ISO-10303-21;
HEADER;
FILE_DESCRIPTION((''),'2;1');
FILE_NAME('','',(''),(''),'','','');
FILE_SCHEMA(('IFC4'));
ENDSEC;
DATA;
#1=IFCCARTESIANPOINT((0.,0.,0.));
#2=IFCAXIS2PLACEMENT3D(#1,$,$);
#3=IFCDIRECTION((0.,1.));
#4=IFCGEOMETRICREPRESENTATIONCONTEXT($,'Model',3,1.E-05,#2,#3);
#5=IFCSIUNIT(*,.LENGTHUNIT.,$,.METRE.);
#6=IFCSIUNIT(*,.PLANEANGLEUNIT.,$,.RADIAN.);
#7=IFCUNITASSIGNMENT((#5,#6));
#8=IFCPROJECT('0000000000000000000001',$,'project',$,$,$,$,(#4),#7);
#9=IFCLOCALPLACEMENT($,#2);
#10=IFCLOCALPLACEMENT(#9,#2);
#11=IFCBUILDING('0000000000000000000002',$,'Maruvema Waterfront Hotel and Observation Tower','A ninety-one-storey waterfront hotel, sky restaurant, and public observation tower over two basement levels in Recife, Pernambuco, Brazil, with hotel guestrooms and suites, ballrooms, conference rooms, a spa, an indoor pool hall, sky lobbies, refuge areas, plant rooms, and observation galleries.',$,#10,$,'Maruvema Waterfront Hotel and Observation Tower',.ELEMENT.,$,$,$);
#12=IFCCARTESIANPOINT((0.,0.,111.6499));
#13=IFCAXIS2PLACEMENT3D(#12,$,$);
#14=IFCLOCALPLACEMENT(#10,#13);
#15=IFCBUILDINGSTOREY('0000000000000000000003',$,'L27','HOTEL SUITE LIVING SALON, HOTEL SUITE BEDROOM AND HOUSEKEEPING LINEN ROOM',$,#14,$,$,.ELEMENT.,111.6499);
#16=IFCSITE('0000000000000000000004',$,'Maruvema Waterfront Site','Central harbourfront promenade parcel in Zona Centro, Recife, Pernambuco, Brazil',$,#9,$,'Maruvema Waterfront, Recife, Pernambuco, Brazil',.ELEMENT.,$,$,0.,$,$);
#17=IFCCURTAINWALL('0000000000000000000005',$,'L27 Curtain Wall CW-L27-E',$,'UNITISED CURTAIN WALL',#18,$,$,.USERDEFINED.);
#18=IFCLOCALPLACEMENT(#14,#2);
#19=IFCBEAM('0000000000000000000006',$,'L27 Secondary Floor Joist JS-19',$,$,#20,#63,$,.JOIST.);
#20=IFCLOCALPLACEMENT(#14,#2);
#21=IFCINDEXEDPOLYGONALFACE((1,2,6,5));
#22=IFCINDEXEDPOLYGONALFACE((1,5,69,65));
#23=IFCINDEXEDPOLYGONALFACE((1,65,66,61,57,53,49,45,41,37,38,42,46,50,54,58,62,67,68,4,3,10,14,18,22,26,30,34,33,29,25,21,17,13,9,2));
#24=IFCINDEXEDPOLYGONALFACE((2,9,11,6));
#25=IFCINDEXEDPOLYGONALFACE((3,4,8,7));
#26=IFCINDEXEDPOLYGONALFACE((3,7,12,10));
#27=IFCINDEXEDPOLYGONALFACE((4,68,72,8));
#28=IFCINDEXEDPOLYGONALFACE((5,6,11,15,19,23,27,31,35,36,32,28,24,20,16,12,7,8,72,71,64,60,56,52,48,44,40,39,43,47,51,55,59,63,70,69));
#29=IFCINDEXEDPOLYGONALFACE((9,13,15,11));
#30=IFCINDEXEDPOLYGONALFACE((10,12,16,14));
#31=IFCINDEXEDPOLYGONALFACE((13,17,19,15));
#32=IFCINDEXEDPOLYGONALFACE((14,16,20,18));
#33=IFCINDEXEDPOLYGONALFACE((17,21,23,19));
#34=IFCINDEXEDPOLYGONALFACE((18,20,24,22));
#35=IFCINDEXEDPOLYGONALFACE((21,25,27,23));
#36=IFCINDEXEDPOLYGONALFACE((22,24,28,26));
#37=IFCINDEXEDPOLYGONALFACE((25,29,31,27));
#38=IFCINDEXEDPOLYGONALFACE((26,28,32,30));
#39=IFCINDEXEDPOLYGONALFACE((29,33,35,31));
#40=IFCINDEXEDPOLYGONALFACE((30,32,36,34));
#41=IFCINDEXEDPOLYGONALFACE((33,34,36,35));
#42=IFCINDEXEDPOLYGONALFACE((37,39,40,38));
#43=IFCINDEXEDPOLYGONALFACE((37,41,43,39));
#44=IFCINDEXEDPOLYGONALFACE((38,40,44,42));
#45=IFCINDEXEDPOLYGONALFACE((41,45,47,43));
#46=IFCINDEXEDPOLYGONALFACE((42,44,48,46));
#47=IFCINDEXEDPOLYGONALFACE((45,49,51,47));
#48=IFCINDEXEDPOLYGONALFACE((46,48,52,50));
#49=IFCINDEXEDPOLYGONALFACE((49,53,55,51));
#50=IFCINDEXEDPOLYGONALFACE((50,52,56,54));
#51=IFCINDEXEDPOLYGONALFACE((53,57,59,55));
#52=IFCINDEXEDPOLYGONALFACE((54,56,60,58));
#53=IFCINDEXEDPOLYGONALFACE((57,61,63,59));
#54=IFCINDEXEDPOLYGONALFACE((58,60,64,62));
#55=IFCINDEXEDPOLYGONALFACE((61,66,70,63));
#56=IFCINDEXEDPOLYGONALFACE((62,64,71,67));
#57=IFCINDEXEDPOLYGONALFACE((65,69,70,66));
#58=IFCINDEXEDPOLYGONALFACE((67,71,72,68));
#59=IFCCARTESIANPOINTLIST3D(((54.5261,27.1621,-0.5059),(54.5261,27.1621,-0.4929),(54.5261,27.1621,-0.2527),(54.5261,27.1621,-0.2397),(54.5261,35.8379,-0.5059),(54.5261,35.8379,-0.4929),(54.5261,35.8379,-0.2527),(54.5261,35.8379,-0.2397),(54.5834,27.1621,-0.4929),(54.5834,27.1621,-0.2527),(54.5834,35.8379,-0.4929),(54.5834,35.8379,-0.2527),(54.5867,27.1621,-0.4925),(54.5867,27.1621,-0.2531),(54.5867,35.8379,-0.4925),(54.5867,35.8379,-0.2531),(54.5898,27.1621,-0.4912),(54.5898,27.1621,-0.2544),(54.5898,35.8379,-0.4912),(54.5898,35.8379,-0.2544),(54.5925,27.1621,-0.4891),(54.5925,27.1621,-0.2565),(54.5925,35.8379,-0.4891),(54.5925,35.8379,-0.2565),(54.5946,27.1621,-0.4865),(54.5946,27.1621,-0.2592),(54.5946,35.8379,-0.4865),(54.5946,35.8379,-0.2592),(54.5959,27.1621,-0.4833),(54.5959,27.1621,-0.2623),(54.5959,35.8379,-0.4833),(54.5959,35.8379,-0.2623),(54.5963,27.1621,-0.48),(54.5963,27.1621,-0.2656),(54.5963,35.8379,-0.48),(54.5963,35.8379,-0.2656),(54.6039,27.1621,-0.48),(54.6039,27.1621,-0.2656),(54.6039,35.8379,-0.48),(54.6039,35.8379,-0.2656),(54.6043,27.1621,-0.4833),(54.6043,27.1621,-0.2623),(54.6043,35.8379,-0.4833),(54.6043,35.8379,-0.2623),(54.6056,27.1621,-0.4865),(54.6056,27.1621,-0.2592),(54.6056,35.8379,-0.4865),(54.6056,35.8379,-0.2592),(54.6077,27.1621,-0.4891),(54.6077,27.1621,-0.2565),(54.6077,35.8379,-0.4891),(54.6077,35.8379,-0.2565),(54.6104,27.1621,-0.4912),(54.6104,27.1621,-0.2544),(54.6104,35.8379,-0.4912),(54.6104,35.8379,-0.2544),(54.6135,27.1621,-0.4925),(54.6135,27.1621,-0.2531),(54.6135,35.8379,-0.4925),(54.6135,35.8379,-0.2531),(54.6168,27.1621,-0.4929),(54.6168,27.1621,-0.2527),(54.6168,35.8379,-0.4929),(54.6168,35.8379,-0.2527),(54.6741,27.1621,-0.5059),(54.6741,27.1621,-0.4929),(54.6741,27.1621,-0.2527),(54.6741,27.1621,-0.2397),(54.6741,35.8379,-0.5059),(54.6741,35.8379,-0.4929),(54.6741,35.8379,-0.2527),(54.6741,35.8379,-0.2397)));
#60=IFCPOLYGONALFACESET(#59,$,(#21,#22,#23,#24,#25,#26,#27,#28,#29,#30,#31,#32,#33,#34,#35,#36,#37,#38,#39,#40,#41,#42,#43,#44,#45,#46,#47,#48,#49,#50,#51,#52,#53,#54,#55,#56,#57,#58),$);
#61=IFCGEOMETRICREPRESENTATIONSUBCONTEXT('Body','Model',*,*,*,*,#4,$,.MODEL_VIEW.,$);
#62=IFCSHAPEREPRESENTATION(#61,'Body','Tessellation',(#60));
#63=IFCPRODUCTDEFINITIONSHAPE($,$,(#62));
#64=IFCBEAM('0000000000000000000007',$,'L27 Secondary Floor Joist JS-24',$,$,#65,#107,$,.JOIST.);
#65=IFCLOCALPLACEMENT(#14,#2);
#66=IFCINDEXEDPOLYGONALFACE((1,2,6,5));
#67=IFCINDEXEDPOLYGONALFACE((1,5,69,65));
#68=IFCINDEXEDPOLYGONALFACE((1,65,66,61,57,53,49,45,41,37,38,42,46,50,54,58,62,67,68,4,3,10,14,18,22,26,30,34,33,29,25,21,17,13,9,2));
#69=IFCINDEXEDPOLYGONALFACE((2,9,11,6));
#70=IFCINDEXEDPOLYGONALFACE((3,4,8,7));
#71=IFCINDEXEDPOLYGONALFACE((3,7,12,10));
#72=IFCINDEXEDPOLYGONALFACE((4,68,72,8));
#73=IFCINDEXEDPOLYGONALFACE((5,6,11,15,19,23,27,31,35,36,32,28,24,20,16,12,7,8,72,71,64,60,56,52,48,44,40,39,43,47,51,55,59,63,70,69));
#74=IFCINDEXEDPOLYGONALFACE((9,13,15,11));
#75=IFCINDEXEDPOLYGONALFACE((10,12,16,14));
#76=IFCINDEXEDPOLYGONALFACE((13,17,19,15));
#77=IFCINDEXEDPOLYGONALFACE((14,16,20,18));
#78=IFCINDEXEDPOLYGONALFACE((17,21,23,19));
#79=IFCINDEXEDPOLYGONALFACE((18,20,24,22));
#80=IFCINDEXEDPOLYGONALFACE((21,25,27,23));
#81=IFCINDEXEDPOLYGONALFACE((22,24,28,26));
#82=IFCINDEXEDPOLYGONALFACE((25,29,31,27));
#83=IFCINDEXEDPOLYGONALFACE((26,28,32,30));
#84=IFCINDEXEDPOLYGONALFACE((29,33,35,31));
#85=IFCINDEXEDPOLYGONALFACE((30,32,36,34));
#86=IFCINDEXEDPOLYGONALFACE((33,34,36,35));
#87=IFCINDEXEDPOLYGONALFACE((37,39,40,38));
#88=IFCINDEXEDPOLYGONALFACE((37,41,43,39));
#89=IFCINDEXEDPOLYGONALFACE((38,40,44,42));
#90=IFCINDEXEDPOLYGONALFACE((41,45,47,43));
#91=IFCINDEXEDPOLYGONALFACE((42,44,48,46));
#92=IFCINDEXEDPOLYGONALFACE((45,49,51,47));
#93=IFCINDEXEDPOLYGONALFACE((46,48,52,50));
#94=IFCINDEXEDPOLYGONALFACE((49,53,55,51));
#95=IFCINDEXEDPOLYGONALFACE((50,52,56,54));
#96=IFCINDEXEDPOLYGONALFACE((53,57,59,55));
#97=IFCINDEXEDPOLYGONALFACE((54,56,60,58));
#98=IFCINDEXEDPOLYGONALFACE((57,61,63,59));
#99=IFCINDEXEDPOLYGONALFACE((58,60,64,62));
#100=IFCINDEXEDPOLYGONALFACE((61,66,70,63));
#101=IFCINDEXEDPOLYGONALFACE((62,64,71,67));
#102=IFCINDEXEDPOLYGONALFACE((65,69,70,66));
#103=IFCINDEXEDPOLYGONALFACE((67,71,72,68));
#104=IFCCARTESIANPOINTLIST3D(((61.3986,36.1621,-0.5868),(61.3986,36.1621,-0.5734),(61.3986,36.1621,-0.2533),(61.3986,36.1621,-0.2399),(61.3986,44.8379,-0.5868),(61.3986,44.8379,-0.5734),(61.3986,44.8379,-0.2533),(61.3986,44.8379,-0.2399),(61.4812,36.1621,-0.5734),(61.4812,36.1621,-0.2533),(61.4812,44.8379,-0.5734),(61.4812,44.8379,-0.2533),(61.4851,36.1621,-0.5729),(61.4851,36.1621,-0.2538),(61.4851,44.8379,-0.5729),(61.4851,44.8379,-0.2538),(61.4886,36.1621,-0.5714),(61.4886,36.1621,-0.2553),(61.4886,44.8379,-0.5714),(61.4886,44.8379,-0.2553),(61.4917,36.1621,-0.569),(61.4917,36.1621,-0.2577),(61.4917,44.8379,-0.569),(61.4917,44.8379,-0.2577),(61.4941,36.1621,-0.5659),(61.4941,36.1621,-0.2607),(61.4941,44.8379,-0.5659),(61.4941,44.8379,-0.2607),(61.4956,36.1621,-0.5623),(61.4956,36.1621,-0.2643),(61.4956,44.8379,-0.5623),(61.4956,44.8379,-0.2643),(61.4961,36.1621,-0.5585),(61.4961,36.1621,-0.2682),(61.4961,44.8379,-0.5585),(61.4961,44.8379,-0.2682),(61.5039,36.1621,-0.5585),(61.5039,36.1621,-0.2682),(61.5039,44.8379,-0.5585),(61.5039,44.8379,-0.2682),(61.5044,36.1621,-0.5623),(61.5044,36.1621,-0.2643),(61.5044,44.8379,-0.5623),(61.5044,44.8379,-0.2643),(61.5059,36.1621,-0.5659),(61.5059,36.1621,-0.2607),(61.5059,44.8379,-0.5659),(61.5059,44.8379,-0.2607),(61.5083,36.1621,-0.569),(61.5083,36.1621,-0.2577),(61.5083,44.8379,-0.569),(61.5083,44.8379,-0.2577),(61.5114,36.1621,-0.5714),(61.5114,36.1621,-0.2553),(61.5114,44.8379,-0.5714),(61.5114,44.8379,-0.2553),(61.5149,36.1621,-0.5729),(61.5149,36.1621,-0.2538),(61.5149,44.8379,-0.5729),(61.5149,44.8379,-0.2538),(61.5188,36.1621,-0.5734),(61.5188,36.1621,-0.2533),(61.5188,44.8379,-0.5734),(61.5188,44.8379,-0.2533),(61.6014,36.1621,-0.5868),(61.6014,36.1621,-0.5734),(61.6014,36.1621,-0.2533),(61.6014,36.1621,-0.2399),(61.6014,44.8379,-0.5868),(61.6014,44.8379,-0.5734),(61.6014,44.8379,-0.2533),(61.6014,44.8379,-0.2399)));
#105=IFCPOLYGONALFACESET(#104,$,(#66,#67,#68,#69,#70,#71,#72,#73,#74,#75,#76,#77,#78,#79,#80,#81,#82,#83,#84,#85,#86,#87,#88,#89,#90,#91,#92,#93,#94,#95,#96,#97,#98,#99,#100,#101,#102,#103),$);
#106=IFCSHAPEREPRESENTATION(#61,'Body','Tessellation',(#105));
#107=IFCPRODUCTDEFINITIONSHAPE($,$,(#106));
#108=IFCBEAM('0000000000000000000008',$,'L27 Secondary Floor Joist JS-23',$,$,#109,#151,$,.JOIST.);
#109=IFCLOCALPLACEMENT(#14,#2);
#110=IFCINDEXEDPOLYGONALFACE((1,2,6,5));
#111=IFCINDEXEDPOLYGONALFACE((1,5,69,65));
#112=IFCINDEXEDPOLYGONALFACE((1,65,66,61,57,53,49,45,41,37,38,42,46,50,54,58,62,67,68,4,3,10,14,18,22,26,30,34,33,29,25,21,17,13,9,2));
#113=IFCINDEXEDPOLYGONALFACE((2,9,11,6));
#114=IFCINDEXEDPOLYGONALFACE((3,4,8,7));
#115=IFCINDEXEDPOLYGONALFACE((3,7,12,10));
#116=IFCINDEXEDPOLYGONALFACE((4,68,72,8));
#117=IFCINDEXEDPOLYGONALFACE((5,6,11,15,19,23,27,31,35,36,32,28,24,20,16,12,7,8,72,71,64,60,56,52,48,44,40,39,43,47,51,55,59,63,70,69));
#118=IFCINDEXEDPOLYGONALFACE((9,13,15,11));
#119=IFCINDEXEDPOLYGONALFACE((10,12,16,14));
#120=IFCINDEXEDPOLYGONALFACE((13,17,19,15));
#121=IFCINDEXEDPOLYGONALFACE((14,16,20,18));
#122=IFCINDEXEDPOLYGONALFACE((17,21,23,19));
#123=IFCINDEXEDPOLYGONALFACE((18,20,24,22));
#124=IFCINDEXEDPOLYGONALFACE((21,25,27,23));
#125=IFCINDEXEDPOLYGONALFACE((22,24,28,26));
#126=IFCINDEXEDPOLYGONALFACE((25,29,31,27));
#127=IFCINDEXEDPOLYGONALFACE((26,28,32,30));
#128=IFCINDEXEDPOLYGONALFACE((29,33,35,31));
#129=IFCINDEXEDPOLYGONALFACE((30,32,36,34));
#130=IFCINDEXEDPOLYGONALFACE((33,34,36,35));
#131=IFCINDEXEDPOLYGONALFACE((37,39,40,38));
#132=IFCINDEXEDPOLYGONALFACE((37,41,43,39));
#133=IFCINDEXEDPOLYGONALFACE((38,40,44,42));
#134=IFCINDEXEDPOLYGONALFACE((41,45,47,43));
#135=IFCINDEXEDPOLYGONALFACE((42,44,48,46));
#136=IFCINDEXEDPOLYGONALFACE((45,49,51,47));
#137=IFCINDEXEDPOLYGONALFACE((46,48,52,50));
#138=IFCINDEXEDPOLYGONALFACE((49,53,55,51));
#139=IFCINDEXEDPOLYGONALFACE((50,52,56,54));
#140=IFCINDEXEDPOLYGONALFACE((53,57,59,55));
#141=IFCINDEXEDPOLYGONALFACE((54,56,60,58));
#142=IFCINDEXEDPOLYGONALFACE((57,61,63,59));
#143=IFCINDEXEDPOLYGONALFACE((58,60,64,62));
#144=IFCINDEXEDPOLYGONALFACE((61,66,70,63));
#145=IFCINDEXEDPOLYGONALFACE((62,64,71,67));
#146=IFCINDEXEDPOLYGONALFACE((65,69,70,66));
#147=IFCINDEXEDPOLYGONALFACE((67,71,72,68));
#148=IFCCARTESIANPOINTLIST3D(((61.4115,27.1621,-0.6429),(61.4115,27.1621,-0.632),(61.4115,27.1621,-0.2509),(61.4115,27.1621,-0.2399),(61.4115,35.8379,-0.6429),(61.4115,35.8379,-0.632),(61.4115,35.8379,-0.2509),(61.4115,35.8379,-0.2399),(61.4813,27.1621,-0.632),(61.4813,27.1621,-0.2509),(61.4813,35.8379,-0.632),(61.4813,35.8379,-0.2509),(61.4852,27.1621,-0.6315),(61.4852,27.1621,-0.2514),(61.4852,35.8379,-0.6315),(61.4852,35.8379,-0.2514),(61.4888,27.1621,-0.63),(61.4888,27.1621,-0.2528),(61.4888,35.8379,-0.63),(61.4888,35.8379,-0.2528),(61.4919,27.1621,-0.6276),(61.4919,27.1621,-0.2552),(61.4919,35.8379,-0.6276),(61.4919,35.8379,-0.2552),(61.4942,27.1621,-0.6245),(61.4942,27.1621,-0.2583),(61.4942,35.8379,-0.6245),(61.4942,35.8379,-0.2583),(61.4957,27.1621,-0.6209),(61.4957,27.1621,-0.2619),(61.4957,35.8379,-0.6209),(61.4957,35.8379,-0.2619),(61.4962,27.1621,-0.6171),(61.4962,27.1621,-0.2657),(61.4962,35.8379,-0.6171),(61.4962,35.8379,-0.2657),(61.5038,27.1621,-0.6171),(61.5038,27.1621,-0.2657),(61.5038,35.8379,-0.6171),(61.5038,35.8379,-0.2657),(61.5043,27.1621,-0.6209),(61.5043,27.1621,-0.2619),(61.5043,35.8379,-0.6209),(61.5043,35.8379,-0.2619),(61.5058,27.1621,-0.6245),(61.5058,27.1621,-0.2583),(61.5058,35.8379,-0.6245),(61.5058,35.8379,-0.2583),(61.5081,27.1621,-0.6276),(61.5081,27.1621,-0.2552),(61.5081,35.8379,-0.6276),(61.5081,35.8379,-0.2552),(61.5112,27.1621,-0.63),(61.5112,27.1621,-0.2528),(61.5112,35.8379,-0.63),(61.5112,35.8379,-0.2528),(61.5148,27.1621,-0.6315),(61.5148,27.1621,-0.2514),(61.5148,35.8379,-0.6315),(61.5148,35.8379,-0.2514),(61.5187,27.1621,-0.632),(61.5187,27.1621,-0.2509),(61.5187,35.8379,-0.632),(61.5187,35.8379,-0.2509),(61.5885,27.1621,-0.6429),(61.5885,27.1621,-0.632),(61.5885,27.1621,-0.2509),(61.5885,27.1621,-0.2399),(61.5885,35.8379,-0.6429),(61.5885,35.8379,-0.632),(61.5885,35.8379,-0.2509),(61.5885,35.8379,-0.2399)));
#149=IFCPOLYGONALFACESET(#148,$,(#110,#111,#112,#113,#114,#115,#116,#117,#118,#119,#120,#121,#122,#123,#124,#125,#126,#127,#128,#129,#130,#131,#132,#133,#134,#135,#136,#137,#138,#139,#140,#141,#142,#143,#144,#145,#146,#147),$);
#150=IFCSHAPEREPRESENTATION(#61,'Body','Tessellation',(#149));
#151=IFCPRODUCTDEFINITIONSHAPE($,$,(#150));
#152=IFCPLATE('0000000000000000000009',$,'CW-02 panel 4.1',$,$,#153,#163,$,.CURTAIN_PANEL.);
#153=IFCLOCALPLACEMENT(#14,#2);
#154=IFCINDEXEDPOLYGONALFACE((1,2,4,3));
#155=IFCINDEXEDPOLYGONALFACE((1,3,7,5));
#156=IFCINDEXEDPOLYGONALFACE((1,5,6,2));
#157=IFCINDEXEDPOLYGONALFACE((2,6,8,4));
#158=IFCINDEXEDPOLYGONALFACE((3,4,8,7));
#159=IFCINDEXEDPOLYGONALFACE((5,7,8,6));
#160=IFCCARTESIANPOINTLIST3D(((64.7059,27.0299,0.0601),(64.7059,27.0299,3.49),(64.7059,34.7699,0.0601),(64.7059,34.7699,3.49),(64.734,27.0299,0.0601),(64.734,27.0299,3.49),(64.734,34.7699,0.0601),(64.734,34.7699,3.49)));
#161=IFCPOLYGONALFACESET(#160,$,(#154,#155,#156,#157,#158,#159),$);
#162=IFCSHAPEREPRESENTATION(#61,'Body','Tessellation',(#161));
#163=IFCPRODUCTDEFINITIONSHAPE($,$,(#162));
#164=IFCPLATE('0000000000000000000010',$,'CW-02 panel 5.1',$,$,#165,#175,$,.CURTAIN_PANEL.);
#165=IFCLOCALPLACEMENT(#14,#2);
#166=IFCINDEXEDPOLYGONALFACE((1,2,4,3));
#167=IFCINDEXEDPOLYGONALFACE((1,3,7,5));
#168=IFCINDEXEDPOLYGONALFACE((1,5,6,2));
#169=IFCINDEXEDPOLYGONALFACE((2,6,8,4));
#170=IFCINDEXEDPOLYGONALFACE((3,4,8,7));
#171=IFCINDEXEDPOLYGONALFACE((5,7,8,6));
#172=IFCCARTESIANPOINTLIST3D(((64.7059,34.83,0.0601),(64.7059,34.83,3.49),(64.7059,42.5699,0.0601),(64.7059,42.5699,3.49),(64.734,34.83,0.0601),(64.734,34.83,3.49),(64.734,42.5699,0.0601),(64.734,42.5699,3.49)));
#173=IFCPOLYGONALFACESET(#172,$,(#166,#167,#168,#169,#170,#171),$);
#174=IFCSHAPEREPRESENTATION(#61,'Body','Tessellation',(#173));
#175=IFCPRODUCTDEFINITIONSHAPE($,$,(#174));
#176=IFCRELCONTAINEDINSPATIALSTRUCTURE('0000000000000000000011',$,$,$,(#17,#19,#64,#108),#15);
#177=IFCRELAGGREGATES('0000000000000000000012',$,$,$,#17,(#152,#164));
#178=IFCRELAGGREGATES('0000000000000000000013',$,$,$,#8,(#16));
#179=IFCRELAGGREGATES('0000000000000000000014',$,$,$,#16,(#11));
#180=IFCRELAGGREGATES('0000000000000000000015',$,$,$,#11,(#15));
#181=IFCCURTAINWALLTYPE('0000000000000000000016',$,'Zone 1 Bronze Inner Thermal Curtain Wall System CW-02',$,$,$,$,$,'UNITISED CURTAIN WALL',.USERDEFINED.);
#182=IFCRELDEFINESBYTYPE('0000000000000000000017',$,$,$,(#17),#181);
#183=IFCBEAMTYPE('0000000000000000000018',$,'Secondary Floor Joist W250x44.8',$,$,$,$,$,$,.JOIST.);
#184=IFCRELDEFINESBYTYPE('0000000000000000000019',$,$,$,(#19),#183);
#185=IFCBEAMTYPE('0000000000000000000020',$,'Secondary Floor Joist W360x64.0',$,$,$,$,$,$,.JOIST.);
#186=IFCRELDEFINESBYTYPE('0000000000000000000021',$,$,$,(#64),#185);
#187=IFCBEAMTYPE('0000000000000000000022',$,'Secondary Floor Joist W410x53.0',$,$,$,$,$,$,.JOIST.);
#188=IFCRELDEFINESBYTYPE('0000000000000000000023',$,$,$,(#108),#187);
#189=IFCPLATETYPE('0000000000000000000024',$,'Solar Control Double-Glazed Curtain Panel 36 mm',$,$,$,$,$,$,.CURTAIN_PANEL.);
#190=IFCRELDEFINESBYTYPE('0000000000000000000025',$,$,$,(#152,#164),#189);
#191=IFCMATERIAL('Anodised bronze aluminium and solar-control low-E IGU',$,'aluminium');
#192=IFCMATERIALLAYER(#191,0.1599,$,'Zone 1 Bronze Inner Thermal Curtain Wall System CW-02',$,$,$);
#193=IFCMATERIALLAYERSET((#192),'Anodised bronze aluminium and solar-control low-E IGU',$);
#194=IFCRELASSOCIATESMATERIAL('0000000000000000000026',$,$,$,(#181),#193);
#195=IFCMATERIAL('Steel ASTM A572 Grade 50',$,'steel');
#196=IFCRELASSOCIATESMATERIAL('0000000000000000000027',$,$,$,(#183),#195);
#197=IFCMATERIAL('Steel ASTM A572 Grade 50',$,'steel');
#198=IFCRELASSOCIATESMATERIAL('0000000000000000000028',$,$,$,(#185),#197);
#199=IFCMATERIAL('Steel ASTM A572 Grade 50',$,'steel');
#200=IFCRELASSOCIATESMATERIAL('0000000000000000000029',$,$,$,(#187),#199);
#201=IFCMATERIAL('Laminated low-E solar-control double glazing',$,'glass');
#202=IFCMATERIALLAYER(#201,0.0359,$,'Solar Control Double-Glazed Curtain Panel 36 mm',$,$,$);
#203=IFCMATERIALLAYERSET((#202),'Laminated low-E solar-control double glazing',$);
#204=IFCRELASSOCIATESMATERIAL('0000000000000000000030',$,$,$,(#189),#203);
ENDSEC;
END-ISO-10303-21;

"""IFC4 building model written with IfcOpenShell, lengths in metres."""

from ifc_helpers import new_model, si_unit, direction, frame, origin, origin_2d, place, context, subcontext, project, spatial, rectangle, i_section, extrude, material, layer, layer_set, material_profile, profile_set, type_object, element, aggregate, save


model = new_model("IFC4")

# Units and contexts
model_context = context("Model", 3, precision=1e-05, world=origin(), true_north=direction((0.0, 1.0)))
body_context = subcontext(model_context, "Body", "Model", "MODEL_VIEW")
ifc_project = project(units=[si_unit("LENGTHUNIT", "METRE"), si_unit("PLANEANGLEUNIT", "RADIAN")], contexts=[model_context])

# Site, building, storey
site_placement = place(None, origin())
site = spatial("IfcSite", under=ifc_project, at=site_placement, Name="Maruvema Waterfront Site", Description="Central harbourfront promenade parcel in Zona Centro, Recife, Pernambuco, Brazil", LongName="Maruvema Waterfront, Recife, Pernambuco, Brazil", CompositionType="ELEMENT", RefElevation=0.0)
building_placement = place(site_placement, origin())
building = spatial("IfcBuilding", under=site, at=building_placement, Name="Maruvema Waterfront Hotel and Observation Tower", Description="A ninety-one-storey waterfront hotel, sky restaurant, and public observation tower over two basement levels in Recife, Pernambuco, Brazil, with hotel guestrooms and suites, ballrooms, conference rooms, a spa, an indoor pool hall, sky lobbies, refuge areas, plant rooms, and observation galleries.", LongName="Maruvema Waterfront Hotel and Observation Tower", CompositionType="ELEMENT")
storey_placement = place(building_placement, frame((0.0, 0.0, 111.6499)))
storey = spatial("IfcBuildingStorey", under=building, at=storey_placement, Name="L27", Description="HOTEL SUITE LIVING SALON, HOTEL SUITE BEDROOM AND HOUSEKEEPING LINEN ROOM", CompositionType="ELEMENT", Elevation=111.6499)

# Curtain wall
ifc_material_1 = material(Name="Anodised bronze aluminium and solar-control low-E IGU", Category="aluminium")
ifc_layer_1 = layer(ifc_material_1, 0.1599, Name="Zone 1 Bronze Inner Thermal Curtain Wall System CW-02")
ifc_layer_set_1 = layer_set([ifc_layer_1], Name="Anodised bronze aluminium and solar-control low-E IGU")
curtain_wall_type = type_object("IfcCurtainWallType", Name="Zone 1 Bronze Inner Thermal Curtain Wall System CW-02", ElementType="UNITISED CURTAIN WALL", PredefinedType="USERDEFINED", material=ifc_layer_set_1)
curtain_wall_placement = place(storey_placement, origin())
curtain_wall = element("IfcCurtainWall", 1, at=curtain_wall_placement, inside=storey, type_object=curtain_wall_type, Name="L27 Curtain Wall CW-L27-E", ObjectType="UNITISED CURTAIN WALL", PredefinedType="USERDEFINED")

# Beams
ifc_material_2 = material(Name="Steel ASTM A572 Grade 50", Category="steel")
ifc_material_profile_1 = material_profile(ifc_material_2, i_section(OverallWidth=0.1479, OverallDepth=0.2661, WebThickness=0.0076, FlangeThickness=0.0129, FilletRadius=0.0129, at=origin_2d()), Name="W250x44.8")
ifc_profile_set_1 = profile_set([ifc_material_profile_1], Name="Steel ASTM A572 Grade 50")
beam_type_1 = type_object("IfcBeamType", Name="Secondary Floor Joist W250x44.8", PredefinedType="JOIST", material=ifc_profile_set_1)
beam_1_placement = place(storey_placement, frame((54.6001, 27.1621, -0.3728), z_axis=(0.0, 1.0, 0.0), x_axis=(-1.0, 0.0, 0.0)))
element("IfcBeam", 2, at=beam_1_placement, inside=storey, type_object=beam_type_1, Name="L27 Secondary Floor Joist JS-19", PredefinedType="JOIST", context=body_context, shape_type="SweptSolid", body=[
    extrude(i_section(OverallWidth=0.1479, OverallDepth=0.2661, WebThickness=0.0076, FlangeThickness=0.0129, FilletRadius=0.0129, at=origin_2d()), origin(), (0.0, 0.0, 1.0), 8.6758),
])
ifc_material_3 = material(Name="Steel ASTM A572 Grade 50", Category="steel")
ifc_material_profile_2 = material_profile(ifc_material_3, i_section(OverallWidth=0.2029, OverallDepth=0.3469, WebThickness=0.0078, FlangeThickness=0.0134, FilletRadius=0.0149, at=origin_2d()), Name="W360x64.0")
ifc_profile_set_2 = profile_set([ifc_material_profile_2], Name="Steel ASTM A572 Grade 50")
beam_type_2 = type_object("IfcBeamType", Name="Secondary Floor Joist W360x64.0", PredefinedType="JOIST", material=ifc_profile_set_2)
beam_2_placement = place(storey_placement, frame((61.5, 36.1621, -0.4133), z_axis=(0.0, 1.0, 0.0), x_axis=(-1.0, 0.0, 0.0)))
element("IfcBeam", 3, at=beam_2_placement, inside=storey, type_object=beam_type_2, Name="L27 Secondary Floor Joist JS-24", PredefinedType="JOIST", context=body_context, shape_type="SweptSolid", body=[
    extrude(i_section(OverallWidth=0.2029, OverallDepth=0.3469, WebThickness=0.0078, FlangeThickness=0.0134, FilletRadius=0.0149, at=origin_2d()), origin(), (0.0, 0.0, 1.0), 8.6758),
])
ifc_material_4 = material(Name="Steel ASTM A572 Grade 50", Category="steel")
ifc_material_profile_3 = material_profile(ifc_material_4, i_section(OverallWidth=0.177, OverallDepth=0.4031, WebThickness=0.0076, FlangeThickness=0.011, FilletRadius=0.0149, at=origin_2d()), Name="W410x53.0")
ifc_profile_set_3 = profile_set([ifc_material_profile_3], Name="Steel ASTM A572 Grade 50")
beam_type_3 = type_object("IfcBeamType", Name="Secondary Floor Joist W410x53.0", PredefinedType="JOIST", material=ifc_profile_set_3)
beam_3_placement = place(storey_placement, frame((61.5, 27.1621, -0.4414), z_axis=(0.0, 1.0, 0.0), x_axis=(-1.0, 0.0, 0.0)))
element("IfcBeam", 4, at=beam_3_placement, inside=storey, type_object=beam_type_3, Name="L27 Secondary Floor Joist JS-23", PredefinedType="JOIST", context=body_context, shape_type="SweptSolid", body=[
    extrude(i_section(OverallWidth=0.177, OverallDepth=0.4031, WebThickness=0.0076, FlangeThickness=0.011, FilletRadius=0.0149, at=origin_2d()), origin(), (0.0, 0.0, 1.0), 8.6758),
])

# Plates
ifc_material_5 = material(Name="Laminated low-E solar-control double glazing", Category="glass")
ifc_layer_2 = layer(ifc_material_5, 0.0359, Name="Solar Control Double-Glazed Curtain Panel 36 mm")
ifc_layer_set_2 = layer_set([ifc_layer_2], Name="Laminated low-E solar-control double glazing")
plate_type = type_object("IfcPlateType", Name="Solar Control Double-Glazed Curtain Panel 36 mm", PredefinedType="CURTAIN_PANEL", material=ifc_layer_set_2)
plate_1_placement = place(storey_placement, frame((64.72, 30.8999, 0.0601), z_axis=(0.0, 0.0, 1.0), x_axis=(0.0, 1.0, 0.0)))
plate_1 = element("IfcPlate", 5, at=plate_1_placement, type_object=plate_type, Name="CW-02 panel 4.1", PredefinedType="CURTAIN_PANEL", context=body_context, shape_type="SweptSolid", body=[
    extrude(rectangle(XDim=7.74, YDim=0.0281, at=origin_2d()), origin(), (0.0, 0.0, 1.0), 3.4299),
])
plate_2_placement = place(storey_placement, frame((64.72, 38.7, 0.0601), z_axis=(0.0, 0.0, 1.0), x_axis=(0.0, 1.0, 0.0)))
plate_2 = element("IfcPlate", 6, at=plate_2_placement, type_object=plate_type, Name="CW-02 panel 5.1", PredefinedType="CURTAIN_PANEL", context=body_context, shape_type="SweptSolid", body=[
    extrude(rectangle(XDim=7.74, YDim=0.0281, at=origin_2d()), origin(), (0.0, 0.0, 1.0), 3.4299),
])
aggregate(curtain_wall, [plate_1, plate_2])

save(model, "model.ifc")
